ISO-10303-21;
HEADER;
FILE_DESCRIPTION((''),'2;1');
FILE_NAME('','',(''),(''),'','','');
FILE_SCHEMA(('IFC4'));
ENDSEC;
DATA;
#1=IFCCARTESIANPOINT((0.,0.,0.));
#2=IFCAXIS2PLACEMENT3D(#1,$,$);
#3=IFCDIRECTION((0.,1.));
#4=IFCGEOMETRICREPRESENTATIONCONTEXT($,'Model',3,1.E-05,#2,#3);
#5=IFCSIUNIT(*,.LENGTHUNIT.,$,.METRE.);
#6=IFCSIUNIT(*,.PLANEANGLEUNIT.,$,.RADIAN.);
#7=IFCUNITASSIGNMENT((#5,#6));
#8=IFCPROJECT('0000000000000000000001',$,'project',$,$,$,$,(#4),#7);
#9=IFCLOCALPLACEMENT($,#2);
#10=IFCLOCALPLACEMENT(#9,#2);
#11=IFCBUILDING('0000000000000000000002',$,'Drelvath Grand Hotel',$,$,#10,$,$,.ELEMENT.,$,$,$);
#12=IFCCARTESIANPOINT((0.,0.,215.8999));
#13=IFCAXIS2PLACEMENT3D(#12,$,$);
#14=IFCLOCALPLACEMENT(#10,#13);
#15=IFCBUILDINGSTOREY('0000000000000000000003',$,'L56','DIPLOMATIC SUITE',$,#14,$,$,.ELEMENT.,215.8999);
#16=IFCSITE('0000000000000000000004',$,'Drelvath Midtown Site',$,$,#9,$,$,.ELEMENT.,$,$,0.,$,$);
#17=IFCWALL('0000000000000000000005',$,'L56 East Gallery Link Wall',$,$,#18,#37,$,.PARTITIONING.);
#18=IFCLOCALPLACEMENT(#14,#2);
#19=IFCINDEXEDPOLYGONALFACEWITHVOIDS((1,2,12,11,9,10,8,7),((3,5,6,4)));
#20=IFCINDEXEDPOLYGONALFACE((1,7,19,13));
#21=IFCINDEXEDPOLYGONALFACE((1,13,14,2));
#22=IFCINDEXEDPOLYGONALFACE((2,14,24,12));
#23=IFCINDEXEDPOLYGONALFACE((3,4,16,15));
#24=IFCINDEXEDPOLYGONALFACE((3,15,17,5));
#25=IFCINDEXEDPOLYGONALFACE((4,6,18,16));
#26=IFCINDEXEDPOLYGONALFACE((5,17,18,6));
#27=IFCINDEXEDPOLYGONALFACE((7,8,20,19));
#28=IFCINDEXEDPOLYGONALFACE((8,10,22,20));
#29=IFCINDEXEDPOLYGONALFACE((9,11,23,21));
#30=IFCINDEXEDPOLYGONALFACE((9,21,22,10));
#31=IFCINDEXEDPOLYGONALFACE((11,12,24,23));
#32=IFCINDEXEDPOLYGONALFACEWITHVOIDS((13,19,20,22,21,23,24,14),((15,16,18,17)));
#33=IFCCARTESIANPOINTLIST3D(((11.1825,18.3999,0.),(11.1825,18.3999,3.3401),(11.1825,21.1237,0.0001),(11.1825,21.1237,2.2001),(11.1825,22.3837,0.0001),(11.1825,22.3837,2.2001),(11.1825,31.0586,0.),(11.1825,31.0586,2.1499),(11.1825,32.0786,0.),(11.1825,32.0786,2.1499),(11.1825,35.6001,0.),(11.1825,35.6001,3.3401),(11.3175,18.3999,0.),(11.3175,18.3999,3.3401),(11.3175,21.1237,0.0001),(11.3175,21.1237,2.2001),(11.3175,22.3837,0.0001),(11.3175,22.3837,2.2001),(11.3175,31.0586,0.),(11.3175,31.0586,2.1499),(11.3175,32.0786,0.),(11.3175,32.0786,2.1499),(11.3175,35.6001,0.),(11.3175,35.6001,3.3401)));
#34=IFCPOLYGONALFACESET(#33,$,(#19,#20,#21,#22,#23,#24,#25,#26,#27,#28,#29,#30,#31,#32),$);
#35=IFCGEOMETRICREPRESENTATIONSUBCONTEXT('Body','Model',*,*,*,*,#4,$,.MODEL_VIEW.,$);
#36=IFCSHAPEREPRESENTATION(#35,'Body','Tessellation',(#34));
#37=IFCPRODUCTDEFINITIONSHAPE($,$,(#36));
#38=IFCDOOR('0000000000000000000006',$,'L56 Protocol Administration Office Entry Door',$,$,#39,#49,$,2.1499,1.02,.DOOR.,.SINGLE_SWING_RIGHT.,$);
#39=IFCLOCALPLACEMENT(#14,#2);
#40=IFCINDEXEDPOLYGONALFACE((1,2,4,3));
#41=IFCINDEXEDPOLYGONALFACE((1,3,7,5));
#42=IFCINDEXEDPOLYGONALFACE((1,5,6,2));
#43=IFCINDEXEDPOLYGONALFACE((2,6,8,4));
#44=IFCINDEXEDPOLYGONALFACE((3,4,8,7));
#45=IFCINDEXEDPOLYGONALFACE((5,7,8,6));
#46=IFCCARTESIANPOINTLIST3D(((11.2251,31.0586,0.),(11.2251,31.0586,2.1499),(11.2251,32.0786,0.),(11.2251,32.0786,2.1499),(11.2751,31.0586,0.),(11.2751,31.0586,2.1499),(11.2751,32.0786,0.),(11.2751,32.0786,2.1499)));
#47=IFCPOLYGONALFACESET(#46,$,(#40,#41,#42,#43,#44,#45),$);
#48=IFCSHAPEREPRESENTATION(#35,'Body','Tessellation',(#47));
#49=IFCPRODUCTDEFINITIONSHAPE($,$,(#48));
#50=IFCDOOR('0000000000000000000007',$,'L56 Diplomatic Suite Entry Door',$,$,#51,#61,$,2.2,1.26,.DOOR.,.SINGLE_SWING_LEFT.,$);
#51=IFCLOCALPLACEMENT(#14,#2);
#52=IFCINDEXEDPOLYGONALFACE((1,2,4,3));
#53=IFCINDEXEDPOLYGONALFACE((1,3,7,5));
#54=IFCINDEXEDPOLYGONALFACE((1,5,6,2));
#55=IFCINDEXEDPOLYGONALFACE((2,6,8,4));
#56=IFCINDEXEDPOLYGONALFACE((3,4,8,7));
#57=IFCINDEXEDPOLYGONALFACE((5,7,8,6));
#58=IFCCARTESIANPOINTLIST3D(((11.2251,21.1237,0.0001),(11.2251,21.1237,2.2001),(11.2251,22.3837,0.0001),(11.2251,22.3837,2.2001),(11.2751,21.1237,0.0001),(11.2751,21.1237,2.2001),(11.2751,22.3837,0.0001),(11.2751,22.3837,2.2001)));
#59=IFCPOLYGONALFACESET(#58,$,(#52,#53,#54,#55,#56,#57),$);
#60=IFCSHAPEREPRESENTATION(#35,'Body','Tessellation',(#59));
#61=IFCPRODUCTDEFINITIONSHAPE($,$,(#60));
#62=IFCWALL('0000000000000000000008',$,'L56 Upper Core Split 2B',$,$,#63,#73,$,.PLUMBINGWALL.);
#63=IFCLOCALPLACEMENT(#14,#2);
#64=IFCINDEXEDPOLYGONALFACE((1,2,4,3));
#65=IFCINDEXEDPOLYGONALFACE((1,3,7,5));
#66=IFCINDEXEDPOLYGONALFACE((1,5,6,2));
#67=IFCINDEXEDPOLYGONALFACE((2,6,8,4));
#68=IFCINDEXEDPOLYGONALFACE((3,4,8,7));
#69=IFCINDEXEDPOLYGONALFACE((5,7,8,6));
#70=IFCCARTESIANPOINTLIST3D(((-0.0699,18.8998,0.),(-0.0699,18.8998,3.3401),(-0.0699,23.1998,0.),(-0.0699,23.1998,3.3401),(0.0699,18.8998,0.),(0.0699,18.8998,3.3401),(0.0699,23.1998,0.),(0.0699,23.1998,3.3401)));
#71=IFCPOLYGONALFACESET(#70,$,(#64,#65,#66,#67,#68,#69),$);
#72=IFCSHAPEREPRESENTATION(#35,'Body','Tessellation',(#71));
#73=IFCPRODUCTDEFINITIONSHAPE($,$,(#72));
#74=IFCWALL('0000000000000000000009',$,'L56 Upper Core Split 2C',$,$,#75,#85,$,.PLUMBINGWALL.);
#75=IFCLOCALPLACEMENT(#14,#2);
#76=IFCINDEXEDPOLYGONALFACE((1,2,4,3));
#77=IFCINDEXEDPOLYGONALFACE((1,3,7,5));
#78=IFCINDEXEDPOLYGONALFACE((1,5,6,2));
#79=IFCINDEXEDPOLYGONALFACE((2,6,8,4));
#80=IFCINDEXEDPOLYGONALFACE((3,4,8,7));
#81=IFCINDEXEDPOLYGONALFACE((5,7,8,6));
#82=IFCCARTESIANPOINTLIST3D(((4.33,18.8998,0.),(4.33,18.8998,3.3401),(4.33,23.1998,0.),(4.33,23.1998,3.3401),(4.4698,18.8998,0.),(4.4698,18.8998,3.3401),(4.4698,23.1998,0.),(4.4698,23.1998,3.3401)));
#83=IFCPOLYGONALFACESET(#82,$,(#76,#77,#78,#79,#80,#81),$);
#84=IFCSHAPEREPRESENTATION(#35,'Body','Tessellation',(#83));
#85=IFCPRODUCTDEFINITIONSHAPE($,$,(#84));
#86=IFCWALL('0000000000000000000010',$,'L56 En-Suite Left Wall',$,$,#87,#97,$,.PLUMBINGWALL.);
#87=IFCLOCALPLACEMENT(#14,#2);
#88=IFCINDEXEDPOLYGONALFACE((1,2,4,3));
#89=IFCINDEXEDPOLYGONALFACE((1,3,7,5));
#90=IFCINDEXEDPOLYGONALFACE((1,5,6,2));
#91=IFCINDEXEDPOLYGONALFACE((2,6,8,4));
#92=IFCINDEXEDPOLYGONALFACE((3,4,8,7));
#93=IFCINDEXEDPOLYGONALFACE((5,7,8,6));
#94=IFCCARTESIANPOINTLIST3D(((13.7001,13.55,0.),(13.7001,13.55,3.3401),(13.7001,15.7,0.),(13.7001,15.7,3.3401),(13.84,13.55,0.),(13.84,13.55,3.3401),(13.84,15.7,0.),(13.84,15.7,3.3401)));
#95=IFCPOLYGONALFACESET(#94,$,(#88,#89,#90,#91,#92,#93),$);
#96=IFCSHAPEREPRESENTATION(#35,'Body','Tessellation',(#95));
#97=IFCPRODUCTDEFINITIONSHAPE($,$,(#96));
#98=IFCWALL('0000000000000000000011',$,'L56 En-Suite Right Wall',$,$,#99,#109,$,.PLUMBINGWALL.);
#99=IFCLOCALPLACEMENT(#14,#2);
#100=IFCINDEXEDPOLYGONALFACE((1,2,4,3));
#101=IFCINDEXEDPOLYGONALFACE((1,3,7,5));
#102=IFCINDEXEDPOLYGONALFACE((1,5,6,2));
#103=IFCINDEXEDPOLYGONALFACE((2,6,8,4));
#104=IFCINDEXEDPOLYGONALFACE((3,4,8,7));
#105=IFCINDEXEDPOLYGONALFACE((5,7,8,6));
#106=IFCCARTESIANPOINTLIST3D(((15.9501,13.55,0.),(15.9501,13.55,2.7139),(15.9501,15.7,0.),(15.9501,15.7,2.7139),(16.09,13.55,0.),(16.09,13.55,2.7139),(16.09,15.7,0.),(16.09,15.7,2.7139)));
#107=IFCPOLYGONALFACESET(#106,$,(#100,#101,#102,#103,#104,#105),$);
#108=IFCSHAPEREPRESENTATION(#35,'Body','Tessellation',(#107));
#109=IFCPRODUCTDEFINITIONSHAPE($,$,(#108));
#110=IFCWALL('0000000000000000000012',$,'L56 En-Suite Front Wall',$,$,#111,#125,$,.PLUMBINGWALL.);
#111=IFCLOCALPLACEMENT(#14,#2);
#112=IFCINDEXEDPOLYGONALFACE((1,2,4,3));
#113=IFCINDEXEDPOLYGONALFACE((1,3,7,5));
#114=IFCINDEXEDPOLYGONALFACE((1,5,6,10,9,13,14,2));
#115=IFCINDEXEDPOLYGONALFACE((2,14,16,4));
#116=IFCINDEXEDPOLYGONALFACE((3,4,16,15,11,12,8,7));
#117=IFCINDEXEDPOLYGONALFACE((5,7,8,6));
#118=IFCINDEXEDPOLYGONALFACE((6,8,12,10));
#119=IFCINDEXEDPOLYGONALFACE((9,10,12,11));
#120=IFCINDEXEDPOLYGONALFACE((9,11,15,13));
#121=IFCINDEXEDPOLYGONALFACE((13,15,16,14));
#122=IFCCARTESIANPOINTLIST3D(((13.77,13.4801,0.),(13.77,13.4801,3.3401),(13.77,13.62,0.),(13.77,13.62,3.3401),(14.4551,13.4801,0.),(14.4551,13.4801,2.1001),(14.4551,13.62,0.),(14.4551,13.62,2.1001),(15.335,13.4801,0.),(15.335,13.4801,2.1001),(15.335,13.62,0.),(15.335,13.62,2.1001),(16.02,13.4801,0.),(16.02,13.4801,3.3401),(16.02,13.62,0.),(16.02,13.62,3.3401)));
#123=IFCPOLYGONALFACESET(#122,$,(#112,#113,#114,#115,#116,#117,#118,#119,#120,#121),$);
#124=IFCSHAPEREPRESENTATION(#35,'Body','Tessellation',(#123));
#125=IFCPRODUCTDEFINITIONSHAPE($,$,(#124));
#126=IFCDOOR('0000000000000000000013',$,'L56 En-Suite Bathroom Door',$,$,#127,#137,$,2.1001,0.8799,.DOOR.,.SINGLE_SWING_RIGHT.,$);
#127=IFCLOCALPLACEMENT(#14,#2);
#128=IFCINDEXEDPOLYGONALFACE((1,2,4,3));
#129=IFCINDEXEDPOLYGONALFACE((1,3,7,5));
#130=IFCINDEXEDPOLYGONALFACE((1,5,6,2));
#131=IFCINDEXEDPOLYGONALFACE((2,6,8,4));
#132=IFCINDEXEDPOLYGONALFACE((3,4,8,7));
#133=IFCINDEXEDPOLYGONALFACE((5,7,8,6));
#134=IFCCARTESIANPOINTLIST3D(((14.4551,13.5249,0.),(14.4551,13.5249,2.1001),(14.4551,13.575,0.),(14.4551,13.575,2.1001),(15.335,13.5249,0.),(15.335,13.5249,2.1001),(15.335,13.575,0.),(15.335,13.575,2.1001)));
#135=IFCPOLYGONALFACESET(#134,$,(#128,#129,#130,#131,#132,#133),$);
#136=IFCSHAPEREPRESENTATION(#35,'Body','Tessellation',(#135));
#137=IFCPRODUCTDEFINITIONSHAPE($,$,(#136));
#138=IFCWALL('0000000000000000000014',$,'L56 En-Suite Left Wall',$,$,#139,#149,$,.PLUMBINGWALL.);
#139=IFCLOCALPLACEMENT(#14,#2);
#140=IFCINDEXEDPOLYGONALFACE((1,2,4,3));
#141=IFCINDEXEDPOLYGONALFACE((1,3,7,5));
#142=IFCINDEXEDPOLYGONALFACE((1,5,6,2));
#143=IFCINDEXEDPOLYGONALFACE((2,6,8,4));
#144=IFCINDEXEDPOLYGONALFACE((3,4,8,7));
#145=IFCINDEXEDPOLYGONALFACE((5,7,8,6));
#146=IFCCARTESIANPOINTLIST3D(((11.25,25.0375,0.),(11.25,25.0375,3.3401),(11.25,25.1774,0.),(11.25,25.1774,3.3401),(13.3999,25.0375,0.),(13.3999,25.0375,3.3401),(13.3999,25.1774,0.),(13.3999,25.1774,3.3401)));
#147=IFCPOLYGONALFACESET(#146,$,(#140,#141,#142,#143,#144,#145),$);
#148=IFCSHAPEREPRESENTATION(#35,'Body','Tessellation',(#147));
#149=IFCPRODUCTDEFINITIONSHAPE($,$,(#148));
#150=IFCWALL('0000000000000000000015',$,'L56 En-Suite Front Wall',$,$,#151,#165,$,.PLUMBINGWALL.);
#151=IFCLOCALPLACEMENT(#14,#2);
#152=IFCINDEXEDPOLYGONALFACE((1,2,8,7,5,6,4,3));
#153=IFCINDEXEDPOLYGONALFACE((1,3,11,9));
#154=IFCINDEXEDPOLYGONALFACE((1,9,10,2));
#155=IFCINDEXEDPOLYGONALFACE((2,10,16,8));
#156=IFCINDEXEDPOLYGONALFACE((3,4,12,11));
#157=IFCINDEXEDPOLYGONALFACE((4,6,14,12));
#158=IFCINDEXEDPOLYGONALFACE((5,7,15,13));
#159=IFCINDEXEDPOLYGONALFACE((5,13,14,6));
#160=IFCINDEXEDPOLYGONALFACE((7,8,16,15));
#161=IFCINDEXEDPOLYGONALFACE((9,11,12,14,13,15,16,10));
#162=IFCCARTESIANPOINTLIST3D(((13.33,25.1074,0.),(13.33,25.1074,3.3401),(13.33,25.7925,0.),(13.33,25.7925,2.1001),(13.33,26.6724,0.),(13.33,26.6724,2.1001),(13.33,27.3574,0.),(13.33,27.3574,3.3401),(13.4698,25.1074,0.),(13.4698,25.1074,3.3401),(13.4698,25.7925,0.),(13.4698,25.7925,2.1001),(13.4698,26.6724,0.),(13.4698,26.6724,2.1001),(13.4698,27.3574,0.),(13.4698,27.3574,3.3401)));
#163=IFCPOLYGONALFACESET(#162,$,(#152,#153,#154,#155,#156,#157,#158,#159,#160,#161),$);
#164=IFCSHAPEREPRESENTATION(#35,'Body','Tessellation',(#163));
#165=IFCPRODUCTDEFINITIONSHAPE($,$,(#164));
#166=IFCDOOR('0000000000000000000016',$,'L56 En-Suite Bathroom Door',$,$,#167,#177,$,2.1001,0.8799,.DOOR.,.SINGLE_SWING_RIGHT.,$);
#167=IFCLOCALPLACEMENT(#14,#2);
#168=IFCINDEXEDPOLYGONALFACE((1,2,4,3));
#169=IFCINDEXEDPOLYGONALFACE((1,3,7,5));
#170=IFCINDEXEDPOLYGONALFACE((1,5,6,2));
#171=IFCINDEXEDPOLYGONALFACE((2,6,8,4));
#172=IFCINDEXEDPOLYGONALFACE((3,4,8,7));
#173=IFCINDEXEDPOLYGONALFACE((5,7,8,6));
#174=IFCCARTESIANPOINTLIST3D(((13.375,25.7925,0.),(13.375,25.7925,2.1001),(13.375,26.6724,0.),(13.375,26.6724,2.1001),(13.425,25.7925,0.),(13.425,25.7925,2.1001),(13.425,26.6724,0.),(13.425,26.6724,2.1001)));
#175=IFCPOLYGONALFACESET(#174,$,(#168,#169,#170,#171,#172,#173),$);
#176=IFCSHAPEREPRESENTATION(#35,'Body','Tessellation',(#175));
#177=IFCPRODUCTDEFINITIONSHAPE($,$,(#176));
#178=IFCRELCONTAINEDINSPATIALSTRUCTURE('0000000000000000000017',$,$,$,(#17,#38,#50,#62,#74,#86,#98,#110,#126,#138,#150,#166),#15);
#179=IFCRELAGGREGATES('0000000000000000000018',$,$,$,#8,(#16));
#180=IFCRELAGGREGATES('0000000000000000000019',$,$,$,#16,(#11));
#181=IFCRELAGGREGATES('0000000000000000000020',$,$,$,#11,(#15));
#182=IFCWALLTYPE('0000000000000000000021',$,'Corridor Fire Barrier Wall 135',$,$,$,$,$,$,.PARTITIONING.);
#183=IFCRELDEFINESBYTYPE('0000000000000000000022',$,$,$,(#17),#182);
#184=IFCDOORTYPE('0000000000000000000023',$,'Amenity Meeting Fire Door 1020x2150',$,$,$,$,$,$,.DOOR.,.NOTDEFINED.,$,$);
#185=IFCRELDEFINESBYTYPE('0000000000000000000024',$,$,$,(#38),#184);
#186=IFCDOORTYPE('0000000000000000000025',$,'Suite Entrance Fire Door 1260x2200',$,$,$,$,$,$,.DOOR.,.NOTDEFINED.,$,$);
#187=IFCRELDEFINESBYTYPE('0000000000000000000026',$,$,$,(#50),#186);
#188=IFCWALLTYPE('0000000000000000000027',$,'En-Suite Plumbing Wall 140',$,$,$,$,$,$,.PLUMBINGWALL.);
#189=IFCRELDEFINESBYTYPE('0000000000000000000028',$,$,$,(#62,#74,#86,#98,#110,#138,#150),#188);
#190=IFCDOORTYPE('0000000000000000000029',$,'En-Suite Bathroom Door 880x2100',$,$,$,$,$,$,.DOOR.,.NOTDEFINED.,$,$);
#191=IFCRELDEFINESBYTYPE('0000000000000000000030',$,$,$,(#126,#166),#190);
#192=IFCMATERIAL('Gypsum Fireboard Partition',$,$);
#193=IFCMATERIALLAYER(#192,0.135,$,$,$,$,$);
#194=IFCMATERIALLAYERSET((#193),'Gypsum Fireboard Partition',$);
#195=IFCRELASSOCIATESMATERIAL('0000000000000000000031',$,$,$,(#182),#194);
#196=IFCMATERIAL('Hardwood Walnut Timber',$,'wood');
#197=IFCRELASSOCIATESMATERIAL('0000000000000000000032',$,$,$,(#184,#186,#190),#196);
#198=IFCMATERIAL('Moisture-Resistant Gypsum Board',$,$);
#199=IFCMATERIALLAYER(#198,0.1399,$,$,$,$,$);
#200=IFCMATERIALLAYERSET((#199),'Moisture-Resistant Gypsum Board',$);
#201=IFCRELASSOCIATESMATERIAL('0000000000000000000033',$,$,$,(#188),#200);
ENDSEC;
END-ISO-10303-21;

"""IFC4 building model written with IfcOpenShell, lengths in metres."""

from ifc_helpers import new_model, si_unit, direction, frame, frame_2d, origin, place, context, subcontext, project, spatial, rectangle, extrude, material, layer, layer_set, type_object, element, fill, save


model = new_model("IFC4")

# Units and contexts
model_context = context("Model", 3, precision=1e-05, world=origin(), true_north=direction((0.0, 1.0)))
body_context = subcontext(model_context, "Body", "Model", "MODEL_VIEW")
ifc_project = project(units=[si_unit("LENGTHUNIT", "METRE"), si_unit("PLANEANGLEUNIT", "RADIAN")], contexts=[model_context])

# Site, building, storey
site_placement = place(None, origin())
site = spatial("IfcSite", under=ifc_project, at=site_placement, Name="Drelvath Midtown Site", CompositionType="ELEMENT", RefElevation=0.0)
building_placement = place(site_placement, origin())
building = spatial("IfcBuilding", under=site, at=building_placement, Name="Drelvath Grand Hotel", CompositionType="ELEMENT")
storey_placement = place(building_placement, frame((0.0, 0.0, 215.8999)))
storey = spatial("IfcBuildingStorey", under=building, at=storey_placement, Name="L56", Description="DIPLOMATIC SUITE", CompositionType="ELEMENT", Elevation=215.8999)

# Shared definitions
ifc_material_1 = material(Name="Gypsum Fireboard Partition")
ifc_layer_1 = layer(ifc_material_1, 0.135)
ifc_layer_set_1 = layer_set([ifc_layer_1], Name="Gypsum Fireboard Partition")
wall_type_1 = type_object("IfcWallType", Name="Corridor Fire Barrier Wall 135", PredefinedType="PARTITIONING", material=ifc_layer_set_1)

# Wall, openings, doors
wall_1_placement = place(storey_placement, frame((11.25, 18.3999, 0.0), z_axis=(0.0, 0.0, 1.0), x_axis=(0.0, 1.0, 0.0)))
wall_1 = element("IfcWall", 1, at=wall_1_placement, inside=storey, type_object=wall_type_1, Name="L56 East Gallery Link Wall", PredefinedType="PARTITIONING", context=body_context, shape_type="SweptSolid", body=[
    extrude(rectangle(XDim=17.2002, YDim=0.135, at=frame_2d((8.6001, 0.0))), origin(), (0.0, 0.0, 1.0), 3.3401),
])
opening_1_placement = place(wall_1_placement, frame((2.7239, 0.0, 0.0)))
opening_1 = element("IfcOpeningElement", 2, at=opening_1_placement, cuts=wall_1, PredefinedType="OPENING", context=body_context, shape_type="SweptSolid", body=[
    extrude(rectangle(XDim=1.26, YDim=2.2, at=frame_2d((0.6299, 1.1001))), frame((0.0, 0.0774, 0.0), z_axis=(0.0, -1.0, 0.0), x_axis=(1.0, 0.0, 0.0)), (0.0, 0.0, 1.0), 0.155),
])
opening_2_placement = place(wall_1_placement, frame((12.6587, 0.0, 0.0)))
opening_2 = element("IfcOpeningElement", 3, at=opening_2_placement, cuts=wall_1, PredefinedType="OPENING", context=body_context, shape_type="SweptSolid", body=[
    extrude(rectangle(XDim=1.02, YDim=2.1499, at=frame_2d((0.51, 1.075))), frame((0.0, 0.0774, 0.0), z_axis=(0.0, -1.0, 0.0), x_axis=(1.0, 0.0, 0.0)), (0.0, 0.0, 1.0), 0.155),
])
ifc_material_2 = material(Name="Hardwood Walnut Timber", Category="wood")
door_type_1 = type_object("IfcDoorType", Name="Amenity Meeting Fire Door 1020x2150", OperationType="NOTDEFINED", PredefinedType="DOOR", material=ifc_material_2)
door_1_placement = place(opening_2_placement, origin())
door_1 = element("IfcDoor", 4, at=door_1_placement, inside=storey, type_object=door_type_1, Name="L56 Protocol Administration Office Entry Door", OperationType="SINGLE_SWING_RIGHT", OverallHeight=2.1499, OverallWidth=1.02, PredefinedType="DOOR", context=body_context, shape_type="SweptSolid", body=[
    extrude(rectangle(XDim=1.02, YDim=2.1499, at=frame_2d((0.51, 1.075))), frame((0.0, 0.0249, 0.0), z_axis=(0.0, -1.0, 0.0), x_axis=(1.0, 0.0, 0.0)), (0.0, 0.0, 1.0), 0.05),
])
fill(opening_2, door_1)
door_type_2 = type_object("IfcDoorType", Name="Suite Entrance Fire Door 1260x2200", OperationType="NOTDEFINED", PredefinedType="DOOR", material=ifc_material_2)
door_2_placement = place(opening_1_placement, origin())
door_2 = element("IfcDoor", 5, at=door_2_placement, inside=storey, type_object=door_type_2, Name="L56 Diplomatic Suite Entry Door", OperationType="SINGLE_SWING_LEFT", OverallHeight=2.2, OverallWidth=1.26, PredefinedType="DOOR", context=body_context, shape_type="SweptSolid", body=[
    extrude(rectangle(XDim=1.26, YDim=2.2, at=frame_2d((0.6299, 1.1001))), frame((0.0, 0.0249, 0.0), z_axis=(0.0, -1.0, 0.0), x_axis=(1.0, 0.0, 0.0)), (0.0, 0.0, 1.0), 0.05),
])
fill(opening_1, door_2)

# Walls
ifc_material_3 = material(Name="Moisture-Resistant Gypsum Board")
ifc_layer_2 = layer(ifc_material_3, 0.1399)
ifc_layer_set_2 = layer_set([ifc_layer_2], Name="Moisture-Resistant Gypsum Board")
wall_type_2 = type_object("IfcWallType", Name="En-Suite Plumbing Wall 140", PredefinedType="PLUMBINGWALL", material=ifc_layer_set_2)
for number, where, z_axis, x_axis, name in (
    (6, (0.0, 18.8999, 0.0), (0.0, 0.0, 1.0), (0.0, 1.0, 0.0), "L56 Upper Core Split 2B"),
    (7, (4.3999, 18.8999, 0.0), (0.0, 0.0, 1.0), (0.0, 1.0, 0.0), "L56 Upper Core Split 2C"),
):
    element("IfcWall", number, at=place(storey_placement, frame(where, z_axis=z_axis, x_axis=x_axis)), inside=storey, type_object=wall_type_2, Name=name, PredefinedType="PLUMBINGWALL", context=body_context, shape_type="SweptSolid", body=[
        extrude(rectangle(XDim=4.3, YDim=0.1399, at=frame_2d((2.1499, 0.0))), origin(), (0.0, 0.0, 1.0), 3.3401),
    ])
wall_2_placement = place(storey_placement, frame((13.77, 15.7, 0.0), z_axis=(0.0, 0.0, 1.0), x_axis=(0.0, -1.0, 0.0)))
element("IfcWall", 8, at=wall_2_placement, inside=storey, type_object=wall_type_2, Name="L56 En-Suite Left Wall", PredefinedType="PLUMBINGWALL", context=body_context, shape_type="SweptSolid", body=[
    extrude(rectangle(XDim=2.1499, YDim=0.1399, at=frame_2d((1.075, 0.0))), origin(), (0.0, 0.0, 1.0), 3.3401),
])
wall_3_placement = place(storey_placement, frame((16.02, 15.7, 0.0), z_axis=(0.0, 0.0, 1.0), x_axis=(0.0, -1.0, 0.0)))
element("IfcWall", 9, at=wall_3_placement, inside=storey, type_object=wall_type_2, Name="L56 En-Suite Right Wall", PredefinedType="PLUMBINGWALL", context=body_context, shape_type="SweptSolid", body=[
    extrude(rectangle(XDim=2.1499, YDim=0.1399, at=frame_2d((1.075, 0.0))), origin(), (0.0, 0.0, 1.0), 2.7139),
])

# Wall, opening, door
wall_4_placement = place(storey_placement, frame((13.77, 13.55, 0.0), z_axis=(0.0, 0.0, 1.0), x_axis=(1.0, 0.0, 0.0)))
wall_4 = element("IfcWall", 10, at=wall_4_placement, inside=storey, type_object=wall_type_2, Name="L56 En-Suite Front Wall", PredefinedType="PLUMBINGWALL", context=body_context, shape_type="SweptSolid", body=[
    extrude(rectangle(XDim=2.25, YDim=0.1399, at=frame_2d((1.125, 0.0))), origin(), (0.0, 0.0, 1.0), 3.3401),
])
opening_3_placement = place(wall_4_placement, frame((0.6851, 0.0, 0.0)))
opening_3 = element("IfcOpeningElement", 11, at=opening_3_placement, cuts=wall_4, PredefinedType="OPENING", context=body_context, shape_type="SweptSolid", body=[
    extrude(rectangle(XDim=0.8799, YDim=2.1001, at=frame_2d((0.4399, 1.05))), frame((0.0, 0.0798, 0.0), z_axis=(0.0, -1.0, 0.0), x_axis=(1.0, 0.0, 0.0)), (0.0, 0.0, 1.0), 0.1599),
])
door_type_3 = type_object("IfcDoorType", Name="En-Suite Bathroom Door 880x2100", OperationType="NOTDEFINED", PredefinedType="DOOR", material=ifc_material_2)
door_3_placement = place(opening_3_placement, origin())
door_3 = element("IfcDoor", 12, at=door_3_placement, inside=storey, type_object=door_type_3, Name="L56 En-Suite Bathroom Door", OperationType="SINGLE_SWING_RIGHT", OverallHeight=2.1001, OverallWidth=0.8799, PredefinedType="DOOR", context=body_context, shape_type="SweptSolid", body=[
    extrude(rectangle(XDim=0.8799, YDim=2.1001, at=frame_2d((0.4399, 1.05))), frame((0.0, 0.0249, 0.0), z_axis=(0.0, -1.0, 0.0), x_axis=(1.0, 0.0, 0.0)), (0.0, 0.0, 1.0), 0.05),
])
fill(opening_3, door_3)

# Wall
wall_5_placement = place(storey_placement, frame((11.25, 25.1074, 0.0), z_axis=(0.0, 0.0, 1.0), x_axis=(1.0, 0.0, 0.0)))
element("IfcWall", 13, at=wall_5_placement, inside=storey, type_object=wall_type_2, Name="L56 En-Suite Left Wall", PredefinedType="PLUMBINGWALL", context=body_context, shape_type="SweptSolid", body=[
    extrude(rectangle(XDim=2.1499, YDim=0.1399, at=frame_2d((1.075, 0.0))), origin(), (0.0, 0.0, 1.0), 3.3401),
])

# Wall, opening, door
wall_6_placement = place(storey_placement, frame((13.3999, 25.1074, 0.0), z_axis=(0.0, 0.0, 1.0), x_axis=(0.0, 1.0, 0.0)))
wall_6 = element("IfcWall", 14, at=wall_6_placement, inside=storey, type_object=wall_type_2, Name="L56 En-Suite Front Wall", PredefinedType="PLUMBINGWALL", context=body_context, shape_type="SweptSolid", body=[
    extrude(rectangle(XDim=2.25, YDim=0.1399, at=frame_2d((1.125, 0.0))), origin(), (0.0, 0.0, 1.0), 3.3401),
])
opening_4_placement = place(wall_6_placement, frame((0.6851, 0.0, 0.0)))
opening_4 = element("IfcOpeningElement", 15, at=opening_4_placement, cuts=wall_6, PredefinedType="OPENING", context=body_context, shape_type="SweptSolid", body=[
    extrude(rectangle(XDim=0.8799, YDim=2.1001, at=frame_2d((0.4399, 1.05))), frame((0.0, 0.0798, 0.0), z_axis=(0.0, -1.0, 0.0), x_axis=(1.0, 0.0, 0.0)), (0.0, 0.0, 1.0), 0.1599),
])
door_4_placement = place(opening_4_placement, origin())
door_4 = element("IfcDoor", 16, at=door_4_placement, inside=storey, type_object=door_type_3, Name="L56 En-Suite Bathroom Door", OperationType="SINGLE_SWING_RIGHT", OverallHeight=2.1001, OverallWidth=0.8799, PredefinedType="DOOR", context=body_context, shape_type="SweptSolid", body=[
    extrude(rectangle(XDim=0.8799, YDim=2.1001, at=frame_2d((0.4399, 1.05))), frame((0.0, 0.0249, 0.0), z_axis=(0.0, -1.0, 0.0), x_axis=(1.0, 0.0, 0.0)), (0.0, 0.0, 1.0), 0.05),
])
fill(opening_4, door_4)

save(model, "model.ifc")
